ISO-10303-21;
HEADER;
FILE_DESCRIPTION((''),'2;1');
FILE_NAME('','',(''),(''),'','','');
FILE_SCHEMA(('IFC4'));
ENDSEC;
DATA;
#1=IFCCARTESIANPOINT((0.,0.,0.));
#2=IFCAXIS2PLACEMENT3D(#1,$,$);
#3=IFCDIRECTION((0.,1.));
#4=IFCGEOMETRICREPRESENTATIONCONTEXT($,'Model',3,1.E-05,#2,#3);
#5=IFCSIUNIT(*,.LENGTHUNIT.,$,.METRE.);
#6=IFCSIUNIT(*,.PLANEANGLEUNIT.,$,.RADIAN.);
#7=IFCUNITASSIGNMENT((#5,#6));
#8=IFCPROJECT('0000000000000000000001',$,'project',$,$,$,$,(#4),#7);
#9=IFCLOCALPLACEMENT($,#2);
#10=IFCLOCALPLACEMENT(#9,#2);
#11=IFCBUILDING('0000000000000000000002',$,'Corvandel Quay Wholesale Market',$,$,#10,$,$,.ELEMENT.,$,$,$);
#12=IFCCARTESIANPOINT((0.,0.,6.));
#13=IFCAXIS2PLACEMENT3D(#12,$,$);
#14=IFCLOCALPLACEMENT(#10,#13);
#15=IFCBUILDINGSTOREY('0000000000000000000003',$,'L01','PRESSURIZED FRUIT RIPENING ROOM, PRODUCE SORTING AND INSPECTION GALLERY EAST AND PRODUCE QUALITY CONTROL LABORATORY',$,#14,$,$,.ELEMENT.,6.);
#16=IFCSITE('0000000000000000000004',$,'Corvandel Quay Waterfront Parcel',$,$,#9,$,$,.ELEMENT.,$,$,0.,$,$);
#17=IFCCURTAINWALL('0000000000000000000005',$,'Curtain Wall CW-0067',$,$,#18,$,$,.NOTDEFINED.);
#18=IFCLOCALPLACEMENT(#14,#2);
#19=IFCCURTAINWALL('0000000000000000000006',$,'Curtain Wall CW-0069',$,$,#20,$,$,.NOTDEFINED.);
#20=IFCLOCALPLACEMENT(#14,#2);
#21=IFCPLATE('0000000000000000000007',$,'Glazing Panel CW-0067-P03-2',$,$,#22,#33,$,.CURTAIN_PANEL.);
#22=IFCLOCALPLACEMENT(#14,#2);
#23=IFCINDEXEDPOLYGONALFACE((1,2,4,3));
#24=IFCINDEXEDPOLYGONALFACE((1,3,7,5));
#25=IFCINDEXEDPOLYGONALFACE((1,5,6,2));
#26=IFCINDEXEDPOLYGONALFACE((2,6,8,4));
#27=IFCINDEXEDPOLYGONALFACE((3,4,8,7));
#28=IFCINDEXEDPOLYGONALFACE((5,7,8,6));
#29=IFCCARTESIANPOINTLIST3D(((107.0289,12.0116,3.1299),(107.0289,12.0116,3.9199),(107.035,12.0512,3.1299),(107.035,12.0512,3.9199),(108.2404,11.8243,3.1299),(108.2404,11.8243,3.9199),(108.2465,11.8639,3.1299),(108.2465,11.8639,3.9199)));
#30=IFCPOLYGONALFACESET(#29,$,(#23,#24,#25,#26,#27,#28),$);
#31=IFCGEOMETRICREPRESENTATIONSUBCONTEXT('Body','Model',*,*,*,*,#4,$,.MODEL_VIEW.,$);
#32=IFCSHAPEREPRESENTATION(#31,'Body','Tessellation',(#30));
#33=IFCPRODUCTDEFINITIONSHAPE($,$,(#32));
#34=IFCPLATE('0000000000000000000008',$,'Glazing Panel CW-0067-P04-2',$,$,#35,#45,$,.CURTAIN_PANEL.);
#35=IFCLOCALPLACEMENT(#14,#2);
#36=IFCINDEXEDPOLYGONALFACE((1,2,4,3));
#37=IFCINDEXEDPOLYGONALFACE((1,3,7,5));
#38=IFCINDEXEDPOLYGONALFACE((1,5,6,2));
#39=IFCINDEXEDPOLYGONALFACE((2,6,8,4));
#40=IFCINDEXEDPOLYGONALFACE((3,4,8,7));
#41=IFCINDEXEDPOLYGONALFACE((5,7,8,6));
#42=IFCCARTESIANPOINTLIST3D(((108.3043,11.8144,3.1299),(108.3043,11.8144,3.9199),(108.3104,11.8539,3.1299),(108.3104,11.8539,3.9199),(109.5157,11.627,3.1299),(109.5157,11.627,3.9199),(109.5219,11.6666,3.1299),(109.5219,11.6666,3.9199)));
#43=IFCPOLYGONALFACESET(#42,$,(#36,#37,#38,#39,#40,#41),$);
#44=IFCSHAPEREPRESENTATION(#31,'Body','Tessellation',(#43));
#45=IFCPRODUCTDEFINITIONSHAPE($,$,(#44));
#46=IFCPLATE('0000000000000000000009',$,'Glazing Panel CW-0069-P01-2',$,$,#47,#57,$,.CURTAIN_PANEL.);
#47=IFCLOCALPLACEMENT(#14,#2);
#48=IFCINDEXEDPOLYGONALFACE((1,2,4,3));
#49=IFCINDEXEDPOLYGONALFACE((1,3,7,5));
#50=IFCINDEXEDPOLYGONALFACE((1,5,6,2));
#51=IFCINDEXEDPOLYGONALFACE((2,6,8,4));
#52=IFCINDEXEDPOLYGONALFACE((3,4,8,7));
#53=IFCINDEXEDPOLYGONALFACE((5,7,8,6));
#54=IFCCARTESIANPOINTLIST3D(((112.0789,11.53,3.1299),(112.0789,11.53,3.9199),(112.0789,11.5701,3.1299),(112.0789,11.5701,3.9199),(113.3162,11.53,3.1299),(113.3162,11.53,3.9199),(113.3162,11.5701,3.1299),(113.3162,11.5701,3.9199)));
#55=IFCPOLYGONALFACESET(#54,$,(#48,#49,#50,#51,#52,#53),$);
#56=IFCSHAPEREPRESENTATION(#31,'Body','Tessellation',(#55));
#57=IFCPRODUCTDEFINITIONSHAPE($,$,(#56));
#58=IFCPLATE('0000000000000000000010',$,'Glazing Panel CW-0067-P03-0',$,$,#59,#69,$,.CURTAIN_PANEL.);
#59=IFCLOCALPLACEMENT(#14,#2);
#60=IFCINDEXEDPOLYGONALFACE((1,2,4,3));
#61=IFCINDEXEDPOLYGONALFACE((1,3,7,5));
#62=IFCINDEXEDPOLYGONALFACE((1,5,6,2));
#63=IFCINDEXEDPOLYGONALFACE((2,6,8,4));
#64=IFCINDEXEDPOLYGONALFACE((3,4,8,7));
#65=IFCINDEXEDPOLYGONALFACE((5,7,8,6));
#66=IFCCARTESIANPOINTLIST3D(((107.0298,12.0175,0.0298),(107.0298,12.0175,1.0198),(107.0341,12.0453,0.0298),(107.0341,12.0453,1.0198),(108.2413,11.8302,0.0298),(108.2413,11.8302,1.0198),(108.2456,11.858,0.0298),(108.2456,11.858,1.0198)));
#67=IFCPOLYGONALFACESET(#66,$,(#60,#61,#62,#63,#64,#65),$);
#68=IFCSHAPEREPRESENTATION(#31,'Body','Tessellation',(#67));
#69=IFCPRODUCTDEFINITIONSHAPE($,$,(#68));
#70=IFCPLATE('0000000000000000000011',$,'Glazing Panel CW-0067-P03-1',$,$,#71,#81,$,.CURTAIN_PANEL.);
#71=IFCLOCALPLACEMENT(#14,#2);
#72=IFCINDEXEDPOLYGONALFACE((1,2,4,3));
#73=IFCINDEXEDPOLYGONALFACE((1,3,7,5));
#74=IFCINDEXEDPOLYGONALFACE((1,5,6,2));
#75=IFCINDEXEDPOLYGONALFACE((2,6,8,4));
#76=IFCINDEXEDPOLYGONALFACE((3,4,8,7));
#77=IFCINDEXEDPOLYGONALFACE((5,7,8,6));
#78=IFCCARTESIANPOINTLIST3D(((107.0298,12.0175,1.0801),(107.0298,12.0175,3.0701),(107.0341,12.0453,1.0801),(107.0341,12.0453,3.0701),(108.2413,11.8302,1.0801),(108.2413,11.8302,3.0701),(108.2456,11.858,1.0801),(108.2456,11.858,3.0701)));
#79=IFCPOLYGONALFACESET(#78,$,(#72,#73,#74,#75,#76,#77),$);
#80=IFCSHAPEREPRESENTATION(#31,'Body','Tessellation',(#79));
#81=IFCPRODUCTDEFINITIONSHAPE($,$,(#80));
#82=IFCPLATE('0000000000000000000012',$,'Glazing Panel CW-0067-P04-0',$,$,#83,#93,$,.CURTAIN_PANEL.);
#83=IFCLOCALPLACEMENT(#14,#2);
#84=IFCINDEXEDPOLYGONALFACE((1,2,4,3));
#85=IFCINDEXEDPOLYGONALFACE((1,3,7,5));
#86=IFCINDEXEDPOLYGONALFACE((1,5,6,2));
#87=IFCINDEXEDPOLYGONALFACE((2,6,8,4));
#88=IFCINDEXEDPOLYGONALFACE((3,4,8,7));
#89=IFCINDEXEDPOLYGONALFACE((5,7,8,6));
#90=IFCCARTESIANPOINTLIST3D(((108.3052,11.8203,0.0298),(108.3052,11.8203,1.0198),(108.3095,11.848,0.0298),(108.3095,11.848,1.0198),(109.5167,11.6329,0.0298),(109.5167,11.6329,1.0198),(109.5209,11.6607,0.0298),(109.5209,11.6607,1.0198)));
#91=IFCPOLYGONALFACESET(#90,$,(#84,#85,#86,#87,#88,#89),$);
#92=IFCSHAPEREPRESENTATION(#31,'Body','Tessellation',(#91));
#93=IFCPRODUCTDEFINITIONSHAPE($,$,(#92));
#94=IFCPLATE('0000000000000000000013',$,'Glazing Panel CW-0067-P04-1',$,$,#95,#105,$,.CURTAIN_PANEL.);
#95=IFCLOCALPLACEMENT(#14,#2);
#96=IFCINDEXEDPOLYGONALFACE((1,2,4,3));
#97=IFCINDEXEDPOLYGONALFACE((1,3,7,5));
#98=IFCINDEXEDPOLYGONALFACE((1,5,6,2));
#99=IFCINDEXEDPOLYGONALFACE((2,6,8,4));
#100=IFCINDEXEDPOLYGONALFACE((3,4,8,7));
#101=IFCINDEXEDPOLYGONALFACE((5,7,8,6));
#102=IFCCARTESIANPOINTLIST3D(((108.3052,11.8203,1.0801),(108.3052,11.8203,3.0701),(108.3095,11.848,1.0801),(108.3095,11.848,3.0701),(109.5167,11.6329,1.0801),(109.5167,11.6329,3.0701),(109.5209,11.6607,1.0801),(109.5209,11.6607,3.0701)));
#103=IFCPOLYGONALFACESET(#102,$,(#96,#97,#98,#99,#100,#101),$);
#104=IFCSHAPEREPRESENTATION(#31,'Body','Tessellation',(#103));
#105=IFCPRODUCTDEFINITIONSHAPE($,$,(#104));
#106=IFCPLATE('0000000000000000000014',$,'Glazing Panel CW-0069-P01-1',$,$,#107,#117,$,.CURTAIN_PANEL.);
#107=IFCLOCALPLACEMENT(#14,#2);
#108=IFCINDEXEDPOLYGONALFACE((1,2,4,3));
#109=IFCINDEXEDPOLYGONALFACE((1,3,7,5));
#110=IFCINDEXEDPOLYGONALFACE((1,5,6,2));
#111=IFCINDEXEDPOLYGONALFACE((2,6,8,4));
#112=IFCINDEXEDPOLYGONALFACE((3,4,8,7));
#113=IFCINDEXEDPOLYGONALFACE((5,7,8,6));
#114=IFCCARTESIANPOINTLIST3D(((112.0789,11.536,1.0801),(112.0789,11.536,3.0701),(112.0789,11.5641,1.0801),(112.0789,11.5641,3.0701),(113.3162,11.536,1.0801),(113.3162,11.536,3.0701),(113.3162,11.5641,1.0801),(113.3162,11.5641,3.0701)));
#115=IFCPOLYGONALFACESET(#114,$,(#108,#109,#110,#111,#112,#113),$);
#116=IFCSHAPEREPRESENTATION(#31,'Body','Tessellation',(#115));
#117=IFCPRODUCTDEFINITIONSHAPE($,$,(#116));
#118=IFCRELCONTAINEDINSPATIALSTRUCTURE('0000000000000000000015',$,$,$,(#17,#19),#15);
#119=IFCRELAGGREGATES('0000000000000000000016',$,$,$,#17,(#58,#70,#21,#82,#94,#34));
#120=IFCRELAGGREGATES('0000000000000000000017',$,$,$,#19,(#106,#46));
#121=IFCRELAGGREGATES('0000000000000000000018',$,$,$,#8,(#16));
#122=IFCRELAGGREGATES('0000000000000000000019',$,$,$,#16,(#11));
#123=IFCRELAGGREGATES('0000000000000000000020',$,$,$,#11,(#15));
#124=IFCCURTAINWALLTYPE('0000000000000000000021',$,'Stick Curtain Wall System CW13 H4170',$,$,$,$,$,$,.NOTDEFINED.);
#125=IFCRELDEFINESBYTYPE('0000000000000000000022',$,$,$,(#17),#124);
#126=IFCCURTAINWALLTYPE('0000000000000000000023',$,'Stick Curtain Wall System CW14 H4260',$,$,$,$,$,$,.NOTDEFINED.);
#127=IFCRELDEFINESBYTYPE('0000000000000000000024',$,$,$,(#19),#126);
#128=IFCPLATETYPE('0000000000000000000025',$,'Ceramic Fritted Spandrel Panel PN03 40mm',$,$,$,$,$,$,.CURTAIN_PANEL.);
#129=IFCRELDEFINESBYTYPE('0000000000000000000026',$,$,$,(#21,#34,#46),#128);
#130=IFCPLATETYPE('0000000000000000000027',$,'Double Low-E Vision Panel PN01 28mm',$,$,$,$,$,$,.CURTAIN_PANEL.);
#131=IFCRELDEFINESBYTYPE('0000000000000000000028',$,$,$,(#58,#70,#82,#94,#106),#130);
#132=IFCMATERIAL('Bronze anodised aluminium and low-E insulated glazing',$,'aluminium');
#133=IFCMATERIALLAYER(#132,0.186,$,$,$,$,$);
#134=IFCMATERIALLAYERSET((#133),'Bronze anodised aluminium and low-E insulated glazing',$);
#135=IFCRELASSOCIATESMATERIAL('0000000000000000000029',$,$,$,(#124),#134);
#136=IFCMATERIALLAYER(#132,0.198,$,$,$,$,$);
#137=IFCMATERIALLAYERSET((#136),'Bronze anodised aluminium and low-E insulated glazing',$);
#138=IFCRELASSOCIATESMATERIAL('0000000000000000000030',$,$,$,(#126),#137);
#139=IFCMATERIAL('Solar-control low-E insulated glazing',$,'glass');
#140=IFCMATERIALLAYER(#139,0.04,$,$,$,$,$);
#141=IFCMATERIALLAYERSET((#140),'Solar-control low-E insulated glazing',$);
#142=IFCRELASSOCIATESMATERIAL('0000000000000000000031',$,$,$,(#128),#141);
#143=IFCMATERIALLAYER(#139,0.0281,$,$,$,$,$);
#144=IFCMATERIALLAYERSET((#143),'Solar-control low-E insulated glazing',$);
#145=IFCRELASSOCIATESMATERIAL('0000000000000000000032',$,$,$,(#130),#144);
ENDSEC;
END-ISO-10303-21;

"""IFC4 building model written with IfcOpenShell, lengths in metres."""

from ifc_helpers import new_model, si_unit, direction, frame, origin, origin_2d, place, context, subcontext, project, spatial, rectangle, extrude, material, layer, layer_set, type_object, element, aggregate, save


model = new_model("IFC4")

# Units and contexts
model_context = context("Model", 3, precision=1e-05, world=origin(), true_north=direction((0.0, 1.0)))
body_context = subcontext(model_context, "Body", "Model", "MODEL_VIEW")
ifc_project = project(units=[si_unit("LENGTHUNIT", "METRE"), si_unit("PLANEANGLEUNIT", "RADIAN")], contexts=[model_context])

# Site, building, storey
site_placement = place(None, origin())
site = spatial("IfcSite", under=ifc_project, at=site_placement, Name="Corvandel Quay Waterfront Parcel", CompositionType="ELEMENT", RefElevation=0.0)
building_placement = place(site_placement, origin())
building = spatial("IfcBuilding", under=site, at=building_placement, Name="Corvandel Quay Wholesale Market", CompositionType="ELEMENT")
storey_placement = place(building_placement, frame((0.0, 0.0, 6.0)))
storey = spatial("IfcBuildingStorey", under=building, at=storey_placement, Name="L01", Description="PRESSURIZED FRUIT RIPENING ROOM, PRODUCE SORTING AND INSPECTION GALLERY EAST AND PRODUCE QUALITY CONTROL LABORATORY", CompositionType="ELEMENT", Elevation=6.0)

# Curtain wall
ifc_material_1 = material(Name="Bronze anodised aluminium and low-E insulated glazing", Category="aluminium")
ifc_layer_1 = layer(ifc_material_1, 0.186)
ifc_layer_set_1 = layer_set([ifc_layer_1], Name="Bronze anodised aluminium and low-E insulated glazing")
curtain_wall_type_1 = type_object("IfcCurtainWallType", Name="Stick Curtain Wall System CW13 H4170", PredefinedType="NOTDEFINED", material=ifc_layer_set_1)
curtain_wall_1_placement = place(storey_placement, origin())
curtain_wall_1 = element("IfcCurtainWall", 1, at=curtain_wall_1_placement, inside=storey, type_object=curtain_wall_type_1, Name="Curtain Wall CW-0067", PredefinedType="NOTDEFINED")

# Curtain wall
ifc_layer_2 = layer(ifc_material_1, 0.198)
ifc_layer_set_2 = layer_set([ifc_layer_2], Name="Bronze anodised aluminium and low-E insulated glazing")
curtain_wall_type_2 = type_object("IfcCurtainWallType", Name="Stick Curtain Wall System CW14 H4260", PredefinedType="NOTDEFINED", material=ifc_layer_set_2)
curtain_wall_2_placement = place(storey_placement, origin())
curtain_wall_2 = element("IfcCurtainWall", 2, at=curtain_wall_2_placement, inside=storey, type_object=curtain_wall_type_2, Name="Curtain Wall CW-0069", PredefinedType="NOTDEFINED")

# Plates
ifc_material_2 = material(Name="Solar-control low-E insulated glazing", Category="glass")
ifc_layer_3 = layer(ifc_material_2, 0.04)
ifc_layer_set_3 = layer_set([ifc_layer_3], Name="Solar-control low-E insulated glazing")
plate_type_1 = type_object("IfcPlateType", Name="Ceramic Fritted Spandrel Panel PN03 40mm", PredefinedType="CURTAIN_PANEL", material=ifc_layer_set_3)
plate_1_placement = place(storey_placement, frame((107.6377, 11.9377, 3.1299), z_axis=(0.0, 0.0, 1.0), x_axis=(-0.988255, 0.152813, 0.0)))
plate_1 = element("IfcPlate", 3, at=plate_1_placement, type_object=plate_type_1, Name="Glazing Panel CW-0067-P03-2", PredefinedType="CURTAIN_PANEL", context=body_context, shape_type="SweptSolid", body=[
    extrude(rectangle(XDim=1.2258, YDim=0.04, at=origin_2d()), origin(), (0.0, 0.0, 1.0), 0.79),
])
plate_2_placement = place(storey_placement, frame((108.9131, 11.7405, 3.1299), z_axis=(0.0, 0.0, 1.0), x_axis=(-0.988255, 0.152813, 0.0)))
plate_2 = element("IfcPlate", 4, at=plate_2_placement, type_object=plate_type_1, Name="Glazing Panel CW-0067-P04-2", PredefinedType="CURTAIN_PANEL", context=body_context, shape_type="SweptSolid", body=[
    extrude(rectangle(XDim=1.2258, YDim=0.04, at=origin_2d()), origin(), (0.0, 0.0, 1.0), 0.79),
])
plate_3_placement = place(storey_placement, frame((112.6975, 11.55, 3.1299), z_axis=(0.0, 0.0, 1.0), x_axis=(1.0, 0.0, 0.0)))
plate_3 = element("IfcPlate", 5, at=plate_3_placement, type_object=plate_type_1, Name="Glazing Panel CW-0069-P01-2", PredefinedType="CURTAIN_PANEL", context=body_context, shape_type="SweptSolid", body=[
    extrude(rectangle(XDim=1.2373, YDim=0.04, at=origin_2d()), origin(), (0.0, 0.0, 1.0), 0.79),
])
ifc_layer_4 = layer(ifc_material_2, 0.0281)
ifc_layer_set_4 = layer_set([ifc_layer_4], Name="Solar-control low-E insulated glazing")
plate_type_2 = type_object("IfcPlateType", Name="Double Low-E Vision Panel PN01 28mm", PredefinedType="CURTAIN_PANEL", material=ifc_layer_set_4)
plate_4_placement = place(storey_placement, frame((107.6377, 11.9377, 0.0298), z_axis=(0.0, 0.0, 1.0), x_axis=(-0.988255, 0.152813, 0.0)))
plate_4 = element("IfcPlate", 6, at=plate_4_placement, type_object=plate_type_2, Name="Glazing Panel CW-0067-P03-0", PredefinedType="CURTAIN_PANEL", context=body_context, shape_type="SweptSolid", body=[
    extrude(rectangle(XDim=1.2258, YDim=0.0281, at=origin_2d()), origin(), (0.0, 0.0, 1.0), 0.99),
])
plate_5_placement = place(storey_placement, frame((107.6377, 11.9377, 1.0801), z_axis=(0.0, 0.0, 1.0), x_axis=(-0.988255, 0.152813, 0.0)))
plate_5 = element("IfcPlate", 7, at=plate_5_placement, type_object=plate_type_2, Name="Glazing Panel CW-0067-P03-1", PredefinedType="CURTAIN_PANEL", context=body_context, shape_type="SweptSolid", body=[
    extrude(rectangle(XDim=1.2258, YDim=0.0281, at=origin_2d()), origin(), (0.0, 0.0, 1.0), 1.99),
])
plate_6_placement = place(storey_placement, frame((108.9131, 11.7405, 0.0298), z_axis=(0.0, 0.0, 1.0), x_axis=(-0.988255, 0.152813, 0.0)))
plate_6 = element("IfcPlate", 8, at=plate_6_placement, type_object=plate_type_2, Name="Glazing Panel CW-0067-P04-0", PredefinedType="CURTAIN_PANEL", context=body_context, shape_type="SweptSolid", body=[
    extrude(rectangle(XDim=1.2258, YDim=0.0281, at=origin_2d()), origin(), (0.0, 0.0, 1.0), 0.99),
])
plate_7_placement = place(storey_placement, frame((108.9131, 11.7405, 1.0801), z_axis=(0.0, 0.0, 1.0), x_axis=(-0.988255, 0.152813, 0.0)))
plate_7 = element("IfcPlate", 9, at=plate_7_placement, type_object=plate_type_2, Name="Glazing Panel CW-0067-P04-1", PredefinedType="CURTAIN_PANEL", context=body_context, shape_type="SweptSolid", body=[
    extrude(rectangle(XDim=1.2258, YDim=0.0281, at=origin_2d()), origin(), (0.0, 0.0, 1.0), 1.99),
])
aggregate(curtain_wall_1, [plate_4, plate_5, plate_1, plate_6, plate_7, plate_2])
plate_8_placement = place(storey_placement, frame((112.6975, 11.55, 1.0801), z_axis=(0.0, 0.0, 1.0), x_axis=(1.0, 0.0, 0.0)))
plate_8 = element("IfcPlate", 10, at=plate_8_placement, type_object=plate_type_2, Name="Glazing Panel CW-0069-P01-1", PredefinedType="CURTAIN_PANEL", context=body_context, shape_type="SweptSolid", body=[
    extrude(rectangle(XDim=1.2373, YDim=0.0281, at=origin_2d()), origin(), (0.0, 0.0, 1.0), 1.99),
])
aggregate(curtain_wall_2, [plate_8, plate_3])

save(model, "model.ifc")
